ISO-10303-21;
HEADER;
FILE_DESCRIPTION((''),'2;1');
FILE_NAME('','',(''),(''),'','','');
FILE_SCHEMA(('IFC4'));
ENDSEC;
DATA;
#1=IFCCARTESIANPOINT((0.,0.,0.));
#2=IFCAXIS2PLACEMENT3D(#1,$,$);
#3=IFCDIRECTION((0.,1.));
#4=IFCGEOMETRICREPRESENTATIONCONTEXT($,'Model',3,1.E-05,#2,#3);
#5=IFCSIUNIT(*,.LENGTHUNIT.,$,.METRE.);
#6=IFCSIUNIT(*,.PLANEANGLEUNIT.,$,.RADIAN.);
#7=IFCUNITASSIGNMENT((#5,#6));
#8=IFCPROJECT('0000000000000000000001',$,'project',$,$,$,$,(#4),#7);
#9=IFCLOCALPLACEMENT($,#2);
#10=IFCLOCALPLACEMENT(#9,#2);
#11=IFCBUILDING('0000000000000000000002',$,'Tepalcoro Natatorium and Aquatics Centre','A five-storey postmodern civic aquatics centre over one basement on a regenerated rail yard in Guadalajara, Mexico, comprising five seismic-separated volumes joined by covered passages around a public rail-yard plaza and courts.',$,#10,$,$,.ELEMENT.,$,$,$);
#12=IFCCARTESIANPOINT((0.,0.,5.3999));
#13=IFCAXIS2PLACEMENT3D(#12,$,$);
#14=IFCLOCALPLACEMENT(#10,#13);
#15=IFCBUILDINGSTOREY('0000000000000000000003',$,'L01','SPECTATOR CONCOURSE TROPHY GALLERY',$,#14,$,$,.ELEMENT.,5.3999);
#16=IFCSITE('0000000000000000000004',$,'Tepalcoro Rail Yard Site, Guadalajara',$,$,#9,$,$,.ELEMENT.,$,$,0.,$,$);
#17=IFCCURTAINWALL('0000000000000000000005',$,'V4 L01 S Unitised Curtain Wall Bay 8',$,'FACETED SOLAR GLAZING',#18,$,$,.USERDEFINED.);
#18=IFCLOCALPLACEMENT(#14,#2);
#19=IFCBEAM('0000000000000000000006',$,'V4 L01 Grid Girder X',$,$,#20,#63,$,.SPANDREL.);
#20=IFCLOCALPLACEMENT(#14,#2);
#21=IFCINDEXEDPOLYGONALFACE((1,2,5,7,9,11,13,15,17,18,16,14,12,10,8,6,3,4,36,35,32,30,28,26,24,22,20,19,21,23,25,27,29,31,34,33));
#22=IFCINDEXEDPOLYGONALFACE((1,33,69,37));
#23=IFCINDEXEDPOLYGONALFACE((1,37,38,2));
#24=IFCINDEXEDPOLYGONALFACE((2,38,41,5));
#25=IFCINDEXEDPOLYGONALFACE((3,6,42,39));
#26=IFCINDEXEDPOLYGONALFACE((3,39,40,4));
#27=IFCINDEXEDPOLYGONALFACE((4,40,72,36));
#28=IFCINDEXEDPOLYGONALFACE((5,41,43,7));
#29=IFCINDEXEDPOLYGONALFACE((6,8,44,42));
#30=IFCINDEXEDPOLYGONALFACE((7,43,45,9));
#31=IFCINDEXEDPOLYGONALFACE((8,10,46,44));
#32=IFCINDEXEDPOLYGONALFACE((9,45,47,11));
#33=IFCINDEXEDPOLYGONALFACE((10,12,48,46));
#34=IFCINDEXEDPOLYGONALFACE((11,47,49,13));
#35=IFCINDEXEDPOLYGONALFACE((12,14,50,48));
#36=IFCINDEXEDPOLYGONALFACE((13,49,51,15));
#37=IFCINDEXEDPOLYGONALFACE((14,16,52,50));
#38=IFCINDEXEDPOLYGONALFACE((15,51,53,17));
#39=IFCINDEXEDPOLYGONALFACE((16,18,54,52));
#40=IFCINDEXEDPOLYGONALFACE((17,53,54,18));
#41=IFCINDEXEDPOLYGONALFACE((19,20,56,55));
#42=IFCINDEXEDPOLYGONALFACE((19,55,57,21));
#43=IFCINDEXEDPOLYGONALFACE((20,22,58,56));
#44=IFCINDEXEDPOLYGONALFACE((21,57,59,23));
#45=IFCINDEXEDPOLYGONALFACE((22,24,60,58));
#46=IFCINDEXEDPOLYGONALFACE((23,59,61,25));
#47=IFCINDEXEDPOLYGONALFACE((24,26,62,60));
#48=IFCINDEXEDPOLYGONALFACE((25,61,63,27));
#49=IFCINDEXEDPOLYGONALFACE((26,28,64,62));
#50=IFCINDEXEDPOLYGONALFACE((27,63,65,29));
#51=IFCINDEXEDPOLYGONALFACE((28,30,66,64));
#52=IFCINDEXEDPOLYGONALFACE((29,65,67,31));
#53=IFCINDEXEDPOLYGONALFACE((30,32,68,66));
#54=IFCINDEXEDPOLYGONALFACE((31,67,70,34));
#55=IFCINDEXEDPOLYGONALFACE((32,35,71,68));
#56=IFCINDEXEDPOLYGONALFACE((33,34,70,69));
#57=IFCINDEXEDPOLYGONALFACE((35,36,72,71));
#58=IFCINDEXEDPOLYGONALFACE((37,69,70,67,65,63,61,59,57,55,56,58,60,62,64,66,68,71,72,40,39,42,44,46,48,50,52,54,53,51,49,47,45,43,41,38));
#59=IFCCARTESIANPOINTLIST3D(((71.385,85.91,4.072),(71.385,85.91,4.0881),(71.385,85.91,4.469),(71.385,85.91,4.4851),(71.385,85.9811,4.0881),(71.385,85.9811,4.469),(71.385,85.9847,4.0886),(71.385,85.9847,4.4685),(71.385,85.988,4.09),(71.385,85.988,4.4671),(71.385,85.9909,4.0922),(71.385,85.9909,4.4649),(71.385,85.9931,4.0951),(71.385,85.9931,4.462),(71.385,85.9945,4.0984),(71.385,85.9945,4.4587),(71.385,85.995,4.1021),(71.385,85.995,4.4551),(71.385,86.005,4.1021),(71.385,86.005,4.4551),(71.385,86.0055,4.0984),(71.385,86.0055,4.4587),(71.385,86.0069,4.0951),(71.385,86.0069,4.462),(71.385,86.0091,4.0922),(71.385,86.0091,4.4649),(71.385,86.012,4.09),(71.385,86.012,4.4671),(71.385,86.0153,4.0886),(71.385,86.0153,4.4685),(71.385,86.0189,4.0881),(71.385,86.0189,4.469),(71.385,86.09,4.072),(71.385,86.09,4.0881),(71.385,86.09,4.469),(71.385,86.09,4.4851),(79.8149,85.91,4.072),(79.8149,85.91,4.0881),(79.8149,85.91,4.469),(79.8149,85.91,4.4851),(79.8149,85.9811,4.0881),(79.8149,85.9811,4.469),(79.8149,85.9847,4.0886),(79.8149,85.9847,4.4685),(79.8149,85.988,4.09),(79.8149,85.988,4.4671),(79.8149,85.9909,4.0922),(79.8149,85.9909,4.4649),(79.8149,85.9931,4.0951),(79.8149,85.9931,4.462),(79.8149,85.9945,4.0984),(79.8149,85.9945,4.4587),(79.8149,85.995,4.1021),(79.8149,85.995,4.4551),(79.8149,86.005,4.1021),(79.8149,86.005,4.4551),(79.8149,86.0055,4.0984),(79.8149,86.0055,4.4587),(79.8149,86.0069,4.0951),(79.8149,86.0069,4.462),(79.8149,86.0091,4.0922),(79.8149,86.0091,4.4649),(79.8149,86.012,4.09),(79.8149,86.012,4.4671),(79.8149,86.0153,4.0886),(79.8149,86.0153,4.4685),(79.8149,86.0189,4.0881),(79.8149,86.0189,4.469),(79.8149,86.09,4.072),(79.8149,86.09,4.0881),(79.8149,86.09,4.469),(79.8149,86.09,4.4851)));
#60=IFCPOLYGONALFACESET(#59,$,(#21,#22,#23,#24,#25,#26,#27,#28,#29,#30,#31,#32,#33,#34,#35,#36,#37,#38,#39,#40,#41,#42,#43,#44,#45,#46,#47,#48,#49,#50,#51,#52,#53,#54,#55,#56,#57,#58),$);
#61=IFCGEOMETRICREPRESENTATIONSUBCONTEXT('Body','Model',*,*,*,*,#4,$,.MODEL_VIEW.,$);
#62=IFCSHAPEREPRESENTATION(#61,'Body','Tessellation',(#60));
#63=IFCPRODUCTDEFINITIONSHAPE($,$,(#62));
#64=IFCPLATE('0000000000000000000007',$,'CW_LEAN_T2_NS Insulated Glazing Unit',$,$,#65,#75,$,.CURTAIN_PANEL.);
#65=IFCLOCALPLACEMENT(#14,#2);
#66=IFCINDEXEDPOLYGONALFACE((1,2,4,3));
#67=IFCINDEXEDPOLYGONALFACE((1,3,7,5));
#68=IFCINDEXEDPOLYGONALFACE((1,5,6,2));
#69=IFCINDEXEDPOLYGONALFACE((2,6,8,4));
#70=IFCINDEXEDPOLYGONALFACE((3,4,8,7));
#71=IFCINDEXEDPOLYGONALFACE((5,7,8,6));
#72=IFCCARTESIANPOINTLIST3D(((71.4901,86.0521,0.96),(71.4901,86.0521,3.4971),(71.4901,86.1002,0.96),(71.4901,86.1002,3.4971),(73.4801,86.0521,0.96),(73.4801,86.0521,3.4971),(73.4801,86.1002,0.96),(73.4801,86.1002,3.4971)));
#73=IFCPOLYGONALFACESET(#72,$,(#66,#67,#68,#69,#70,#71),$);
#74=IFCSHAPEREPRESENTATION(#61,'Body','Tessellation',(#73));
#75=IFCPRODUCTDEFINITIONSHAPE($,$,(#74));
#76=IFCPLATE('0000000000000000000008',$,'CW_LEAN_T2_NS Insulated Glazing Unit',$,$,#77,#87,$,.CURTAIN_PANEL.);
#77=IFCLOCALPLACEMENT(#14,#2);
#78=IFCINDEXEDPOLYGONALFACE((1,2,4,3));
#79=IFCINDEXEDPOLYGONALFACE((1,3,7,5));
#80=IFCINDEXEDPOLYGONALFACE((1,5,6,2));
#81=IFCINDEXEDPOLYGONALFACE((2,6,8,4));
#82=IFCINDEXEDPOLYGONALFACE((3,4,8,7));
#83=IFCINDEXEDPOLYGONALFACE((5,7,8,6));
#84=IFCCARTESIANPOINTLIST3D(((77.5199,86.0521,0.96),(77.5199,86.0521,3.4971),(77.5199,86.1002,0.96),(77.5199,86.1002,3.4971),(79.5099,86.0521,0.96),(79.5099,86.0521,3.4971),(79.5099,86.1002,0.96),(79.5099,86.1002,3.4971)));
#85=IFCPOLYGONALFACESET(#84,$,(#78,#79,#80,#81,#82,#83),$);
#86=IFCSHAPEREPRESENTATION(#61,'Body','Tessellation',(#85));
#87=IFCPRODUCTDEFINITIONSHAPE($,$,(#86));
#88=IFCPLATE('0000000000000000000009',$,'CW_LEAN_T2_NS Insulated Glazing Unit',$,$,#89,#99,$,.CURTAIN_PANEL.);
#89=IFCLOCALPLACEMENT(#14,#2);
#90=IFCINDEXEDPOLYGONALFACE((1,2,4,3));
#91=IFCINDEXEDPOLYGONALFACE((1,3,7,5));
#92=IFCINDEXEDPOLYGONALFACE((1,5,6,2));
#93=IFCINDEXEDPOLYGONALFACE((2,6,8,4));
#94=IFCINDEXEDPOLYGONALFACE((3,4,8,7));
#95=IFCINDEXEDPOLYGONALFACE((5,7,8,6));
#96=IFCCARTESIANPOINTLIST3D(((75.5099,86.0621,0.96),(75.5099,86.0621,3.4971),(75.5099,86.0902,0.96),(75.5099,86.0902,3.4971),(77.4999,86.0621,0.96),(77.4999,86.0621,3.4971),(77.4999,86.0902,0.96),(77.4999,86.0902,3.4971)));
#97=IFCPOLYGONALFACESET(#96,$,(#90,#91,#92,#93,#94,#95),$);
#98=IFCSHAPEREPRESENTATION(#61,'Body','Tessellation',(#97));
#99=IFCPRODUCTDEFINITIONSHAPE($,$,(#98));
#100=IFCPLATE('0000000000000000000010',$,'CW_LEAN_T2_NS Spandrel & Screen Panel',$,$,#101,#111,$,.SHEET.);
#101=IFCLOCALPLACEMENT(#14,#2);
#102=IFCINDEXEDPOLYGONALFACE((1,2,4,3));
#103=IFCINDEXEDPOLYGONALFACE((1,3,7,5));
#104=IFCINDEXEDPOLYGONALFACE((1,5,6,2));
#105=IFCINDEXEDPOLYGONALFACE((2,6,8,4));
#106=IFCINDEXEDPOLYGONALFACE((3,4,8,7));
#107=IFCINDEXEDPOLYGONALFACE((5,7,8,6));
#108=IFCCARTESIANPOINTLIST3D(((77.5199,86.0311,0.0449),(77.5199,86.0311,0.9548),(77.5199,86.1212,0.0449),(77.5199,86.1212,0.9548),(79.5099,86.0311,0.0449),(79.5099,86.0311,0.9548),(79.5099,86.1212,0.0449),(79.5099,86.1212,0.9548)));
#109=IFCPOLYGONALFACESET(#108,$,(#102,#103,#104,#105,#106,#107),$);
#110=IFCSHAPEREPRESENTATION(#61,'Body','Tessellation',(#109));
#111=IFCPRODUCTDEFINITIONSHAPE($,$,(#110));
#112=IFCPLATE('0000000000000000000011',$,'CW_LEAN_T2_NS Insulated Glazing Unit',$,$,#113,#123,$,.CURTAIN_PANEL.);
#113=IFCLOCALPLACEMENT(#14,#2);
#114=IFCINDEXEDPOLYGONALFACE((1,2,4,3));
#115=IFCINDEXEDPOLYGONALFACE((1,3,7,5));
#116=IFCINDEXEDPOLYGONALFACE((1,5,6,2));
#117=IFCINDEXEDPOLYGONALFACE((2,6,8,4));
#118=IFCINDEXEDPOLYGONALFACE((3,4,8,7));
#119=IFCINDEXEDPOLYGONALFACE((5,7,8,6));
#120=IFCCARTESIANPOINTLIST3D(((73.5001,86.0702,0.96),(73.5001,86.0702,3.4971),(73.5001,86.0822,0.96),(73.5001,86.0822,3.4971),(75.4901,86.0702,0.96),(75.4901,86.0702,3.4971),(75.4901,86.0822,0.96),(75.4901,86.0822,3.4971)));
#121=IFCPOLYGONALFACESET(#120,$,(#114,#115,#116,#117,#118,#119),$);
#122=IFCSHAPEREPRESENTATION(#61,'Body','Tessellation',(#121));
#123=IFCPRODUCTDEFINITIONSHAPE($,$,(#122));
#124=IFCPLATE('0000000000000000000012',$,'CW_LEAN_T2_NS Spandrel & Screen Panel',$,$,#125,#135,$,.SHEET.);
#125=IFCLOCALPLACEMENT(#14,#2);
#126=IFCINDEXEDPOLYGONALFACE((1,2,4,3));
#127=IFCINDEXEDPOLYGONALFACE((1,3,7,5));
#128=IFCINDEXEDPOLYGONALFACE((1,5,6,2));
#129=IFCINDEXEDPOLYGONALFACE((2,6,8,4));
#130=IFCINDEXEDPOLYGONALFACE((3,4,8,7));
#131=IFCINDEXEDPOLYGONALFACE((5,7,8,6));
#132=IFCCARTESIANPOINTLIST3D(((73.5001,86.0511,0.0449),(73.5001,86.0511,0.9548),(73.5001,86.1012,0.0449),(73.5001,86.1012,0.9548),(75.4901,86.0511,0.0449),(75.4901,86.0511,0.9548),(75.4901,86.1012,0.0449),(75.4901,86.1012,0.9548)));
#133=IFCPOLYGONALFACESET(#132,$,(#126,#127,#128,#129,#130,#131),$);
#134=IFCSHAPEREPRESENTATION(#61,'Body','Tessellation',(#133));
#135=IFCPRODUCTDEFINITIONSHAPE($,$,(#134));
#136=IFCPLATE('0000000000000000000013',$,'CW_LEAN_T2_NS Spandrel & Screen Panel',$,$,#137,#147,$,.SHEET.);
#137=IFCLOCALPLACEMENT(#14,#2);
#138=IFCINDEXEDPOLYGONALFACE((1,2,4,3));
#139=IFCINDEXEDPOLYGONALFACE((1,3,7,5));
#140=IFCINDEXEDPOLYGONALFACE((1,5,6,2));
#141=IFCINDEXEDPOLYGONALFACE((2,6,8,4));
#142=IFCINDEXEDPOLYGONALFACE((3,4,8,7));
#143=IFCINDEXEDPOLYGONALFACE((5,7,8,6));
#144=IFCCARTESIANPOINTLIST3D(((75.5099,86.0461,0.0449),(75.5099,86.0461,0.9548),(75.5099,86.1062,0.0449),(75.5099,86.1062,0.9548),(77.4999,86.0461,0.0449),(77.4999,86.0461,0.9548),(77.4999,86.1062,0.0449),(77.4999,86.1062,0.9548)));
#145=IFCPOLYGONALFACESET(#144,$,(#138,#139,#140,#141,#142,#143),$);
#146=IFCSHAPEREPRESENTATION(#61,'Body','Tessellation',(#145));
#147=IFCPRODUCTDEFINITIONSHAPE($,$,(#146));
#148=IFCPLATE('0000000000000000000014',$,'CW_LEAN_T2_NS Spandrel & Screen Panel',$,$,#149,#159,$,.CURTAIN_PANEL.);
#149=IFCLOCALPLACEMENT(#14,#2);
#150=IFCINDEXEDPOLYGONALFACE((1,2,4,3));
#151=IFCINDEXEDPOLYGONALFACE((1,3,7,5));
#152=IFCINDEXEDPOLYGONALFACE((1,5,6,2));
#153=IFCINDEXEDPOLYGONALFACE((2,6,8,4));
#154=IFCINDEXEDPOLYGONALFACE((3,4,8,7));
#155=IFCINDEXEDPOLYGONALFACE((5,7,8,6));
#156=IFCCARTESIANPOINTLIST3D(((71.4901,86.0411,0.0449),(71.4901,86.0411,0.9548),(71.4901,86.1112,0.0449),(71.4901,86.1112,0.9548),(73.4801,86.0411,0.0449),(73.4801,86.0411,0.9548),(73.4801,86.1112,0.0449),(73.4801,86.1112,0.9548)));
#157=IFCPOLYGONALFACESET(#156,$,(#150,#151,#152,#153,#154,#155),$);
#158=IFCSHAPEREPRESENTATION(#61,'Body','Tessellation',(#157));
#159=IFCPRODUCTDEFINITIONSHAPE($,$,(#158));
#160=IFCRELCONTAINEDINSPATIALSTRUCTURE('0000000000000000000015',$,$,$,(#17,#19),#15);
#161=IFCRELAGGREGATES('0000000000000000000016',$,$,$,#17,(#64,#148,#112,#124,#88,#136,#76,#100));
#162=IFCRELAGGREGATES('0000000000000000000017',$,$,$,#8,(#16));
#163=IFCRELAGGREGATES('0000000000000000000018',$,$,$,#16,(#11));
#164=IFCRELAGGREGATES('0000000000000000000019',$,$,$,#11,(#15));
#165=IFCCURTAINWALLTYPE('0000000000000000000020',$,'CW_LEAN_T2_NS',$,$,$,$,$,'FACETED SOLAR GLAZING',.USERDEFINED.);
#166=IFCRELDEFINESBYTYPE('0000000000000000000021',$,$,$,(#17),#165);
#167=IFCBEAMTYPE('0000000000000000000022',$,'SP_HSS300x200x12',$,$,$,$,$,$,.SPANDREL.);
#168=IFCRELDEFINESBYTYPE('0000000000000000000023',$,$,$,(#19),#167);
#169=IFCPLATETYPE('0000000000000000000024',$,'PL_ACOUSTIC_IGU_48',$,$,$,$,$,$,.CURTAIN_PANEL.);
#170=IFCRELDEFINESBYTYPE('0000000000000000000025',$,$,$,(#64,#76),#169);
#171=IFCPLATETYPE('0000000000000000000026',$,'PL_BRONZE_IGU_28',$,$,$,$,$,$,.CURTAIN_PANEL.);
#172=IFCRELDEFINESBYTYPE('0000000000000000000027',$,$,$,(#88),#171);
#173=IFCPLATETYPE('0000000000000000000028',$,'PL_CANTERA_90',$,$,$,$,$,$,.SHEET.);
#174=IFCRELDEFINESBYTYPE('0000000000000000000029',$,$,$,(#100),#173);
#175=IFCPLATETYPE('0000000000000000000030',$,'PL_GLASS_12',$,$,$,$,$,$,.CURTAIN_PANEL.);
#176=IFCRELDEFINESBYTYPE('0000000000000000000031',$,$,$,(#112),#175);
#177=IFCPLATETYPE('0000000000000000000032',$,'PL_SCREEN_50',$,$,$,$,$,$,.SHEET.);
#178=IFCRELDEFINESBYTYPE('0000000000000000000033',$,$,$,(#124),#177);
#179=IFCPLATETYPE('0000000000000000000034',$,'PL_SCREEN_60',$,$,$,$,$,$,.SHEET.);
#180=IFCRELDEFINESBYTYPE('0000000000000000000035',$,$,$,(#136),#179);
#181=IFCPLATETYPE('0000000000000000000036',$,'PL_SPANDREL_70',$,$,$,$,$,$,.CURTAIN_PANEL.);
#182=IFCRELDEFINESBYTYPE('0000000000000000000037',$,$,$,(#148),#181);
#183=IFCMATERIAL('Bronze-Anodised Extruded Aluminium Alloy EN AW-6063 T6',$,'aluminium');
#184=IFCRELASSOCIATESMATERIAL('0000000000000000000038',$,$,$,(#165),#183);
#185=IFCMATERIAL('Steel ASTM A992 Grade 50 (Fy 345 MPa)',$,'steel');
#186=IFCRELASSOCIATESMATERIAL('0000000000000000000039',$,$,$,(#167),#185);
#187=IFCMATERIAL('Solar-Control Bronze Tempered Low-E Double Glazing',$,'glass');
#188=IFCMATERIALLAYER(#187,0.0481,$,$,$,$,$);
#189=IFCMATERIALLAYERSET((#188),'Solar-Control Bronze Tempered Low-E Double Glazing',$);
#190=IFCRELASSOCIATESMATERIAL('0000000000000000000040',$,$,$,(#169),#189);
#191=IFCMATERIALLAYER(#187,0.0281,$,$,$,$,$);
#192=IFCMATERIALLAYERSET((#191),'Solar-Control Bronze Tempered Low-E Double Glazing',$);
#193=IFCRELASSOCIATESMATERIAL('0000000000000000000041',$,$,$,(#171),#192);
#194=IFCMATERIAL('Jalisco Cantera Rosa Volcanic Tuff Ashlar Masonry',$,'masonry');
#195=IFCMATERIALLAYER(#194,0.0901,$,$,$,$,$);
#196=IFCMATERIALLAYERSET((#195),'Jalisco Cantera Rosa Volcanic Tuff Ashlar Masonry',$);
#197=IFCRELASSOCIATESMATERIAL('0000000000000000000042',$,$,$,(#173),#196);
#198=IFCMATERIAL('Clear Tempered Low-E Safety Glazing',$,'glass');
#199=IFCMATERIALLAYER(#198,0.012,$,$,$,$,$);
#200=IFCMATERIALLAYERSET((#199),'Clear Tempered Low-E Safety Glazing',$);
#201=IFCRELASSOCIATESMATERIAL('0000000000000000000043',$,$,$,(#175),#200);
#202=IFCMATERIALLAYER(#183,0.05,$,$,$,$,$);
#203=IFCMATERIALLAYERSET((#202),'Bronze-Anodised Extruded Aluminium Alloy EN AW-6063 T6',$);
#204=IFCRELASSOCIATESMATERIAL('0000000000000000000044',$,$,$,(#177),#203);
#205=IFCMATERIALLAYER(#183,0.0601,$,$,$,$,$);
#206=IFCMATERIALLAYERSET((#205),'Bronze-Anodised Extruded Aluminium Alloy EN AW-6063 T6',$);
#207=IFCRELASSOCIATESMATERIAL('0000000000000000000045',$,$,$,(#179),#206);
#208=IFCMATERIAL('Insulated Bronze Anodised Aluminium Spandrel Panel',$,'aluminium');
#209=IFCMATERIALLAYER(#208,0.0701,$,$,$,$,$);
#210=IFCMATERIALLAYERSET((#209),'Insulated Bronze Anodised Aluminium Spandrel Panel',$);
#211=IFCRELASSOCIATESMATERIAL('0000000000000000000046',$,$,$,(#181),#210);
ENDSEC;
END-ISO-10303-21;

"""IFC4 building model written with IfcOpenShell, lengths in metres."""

from ifc_helpers import new_model, si_unit, direction, frame, origin, origin_2d, place, context, subcontext, project, spatial, rectangle, i_section, extrude, material, layer, layer_set, material_profile, profile_set, type_object, element, aggregate, save


model = new_model("IFC4")

# Units and contexts
model_context = context("Model", 3, precision=1e-05, world=origin(), true_north=direction((0.0, 1.0)))
body_context = subcontext(model_context, "Body", "Model", "MODEL_VIEW")
ifc_project = project(units=[si_unit("LENGTHUNIT", "METRE"), si_unit("PLANEANGLEUNIT", "RADIAN")], contexts=[model_context])

# Site, building, storey
site_placement = place(None, origin())
site = spatial("IfcSite", under=ifc_project, at=site_placement, Name="Tepalcoro Rail Yard Site, Guadalajara", CompositionType="ELEMENT", RefElevation=0.0)
building_placement = place(site_placement, origin())
building = spatial("IfcBuilding", under=site, at=building_placement, Name="Tepalcoro Natatorium and Aquatics Centre", Description="A five-storey postmodern civic aquatics centre over one basement on a regenerated rail yard in Guadalajara, Mexico, comprising five seismic-separated volumes joined by covered passages around a public rail-yard plaza and courts.", CompositionType="ELEMENT")
storey_placement = place(building_placement, frame((0.0, 0.0, 5.3999)))
storey = spatial("IfcBuildingStorey", under=building, at=storey_placement, Name="L01", Description="SPECTATOR CONCOURSE TROPHY GALLERY", CompositionType="ELEMENT", Elevation=5.3999)

# Shared definitions
ifc_material_1 = material(Name="Bronze-Anodised Extruded Aluminium Alloy EN AW-6063 T6", Category="aluminium")

# Curtain wall
curtain_wall_type_1 = type_object("IfcCurtainWallType", Name="CW_LEAN_T2_NS", ElementType="FACETED SOLAR GLAZING", PredefinedType="USERDEFINED", material=ifc_material_1)
curtain_wall_1_placement = place(storey_placement, origin())
curtain_wall_1 = element("IfcCurtainWall", 1, at=curtain_wall_1_placement, inside=storey, type_object=curtain_wall_type_1, Name="V4 L01 S Unitised Curtain Wall Bay 8", ObjectType="FACETED SOLAR GLAZING", PredefinedType="USERDEFINED")

# Beam
ifc_material_2 = material(Name="Steel ASTM A992 Grade 50 (Fy 345 MPa)", Category="steel")
ifc_material_profile_1 = material_profile(ifc_material_2, i_section(OverallWidth=0.1799, OverallDepth=0.4131, WebThickness=0.01, FlangeThickness=0.0161, FilletRadius=0.0139, at=origin_2d()), Name="W16X50")
ifc_profile_set_1 = profile_set([ifc_material_profile_1], Name="Steel ASTM A992 Grade 50 (Fy 345 MPa)")
beam_type_1 = type_object("IfcBeamType", Name="SP_HSS300x200x12", PredefinedType="SPANDREL", material=ifc_profile_set_1)
beam_1_placement = place(storey_placement, frame((71.385, 86.0, 4.2786), z_axis=(1.0, 0.0, 0.0), x_axis=(0.0, 1.0, 0.0)))
element("IfcBeam", 2, at=beam_1_placement, inside=storey, type_object=beam_type_1, Name="V4 L01 Grid Girder X", PredefinedType="SPANDREL", context=body_context, shape_type="SweptSolid", body=[
    extrude(i_section(OverallWidth=0.1799, OverallDepth=0.4131, WebThickness=0.01, FlangeThickness=0.0161, FilletRadius=0.0139, at=origin_2d()), origin(), (0.0, 0.0, 1.0), 8.4299),
])

# Plates
ifc_material_3 = material(Name="Solar-Control Bronze Tempered Low-E Double Glazing", Category="glass")
ifc_layer_1 = layer(ifc_material_3, 0.0481)
ifc_layer_set_1 = layer_set([ifc_layer_1], Name="Solar-Control Bronze Tempered Low-E Double Glazing")
plate_type_1 = type_object("IfcPlateType", Name="PL_ACOUSTIC_IGU_48", PredefinedType="CURTAIN_PANEL", material=ifc_layer_set_1)
plate_1_placement = place(storey_placement, frame((72.4851, 86.0762, 0.96), z_axis=(0.0, 0.0, 1.0), x_axis=(1.0, 0.0, 0.0)))
plate_1 = element("IfcPlate", 3, at=plate_1_placement, type_object=plate_type_1, Name="CW_LEAN_T2_NS Insulated Glazing Unit", PredefinedType="CURTAIN_PANEL", context=body_context, shape_type="SweptSolid", body=[
    extrude(rectangle(XDim=1.99, YDim=0.0481, at=origin_2d()), origin(), (0.0, 0.0, 1.0), 2.5371),
])
plate_2_placement = place(storey_placement, frame((78.5149, 86.0762, 0.96), z_axis=(0.0, 0.0, 1.0), x_axis=(1.0, 0.0, 0.0)))
plate_2 = element("IfcPlate", 4, at=plate_2_placement, type_object=plate_type_1, Name="CW_LEAN_T2_NS Insulated Glazing Unit", PredefinedType="CURTAIN_PANEL", context=body_context, shape_type="SweptSolid", body=[
    extrude(rectangle(XDim=1.99, YDim=0.0481, at=origin_2d()), origin(), (0.0, 0.0, 1.0), 2.5371),
])
ifc_layer_2 = layer(ifc_material_3, 0.0281)
ifc_layer_set_2 = layer_set([ifc_layer_2], Name="Solar-Control Bronze Tempered Low-E Double Glazing")
plate_type_2 = type_object("IfcPlateType", Name="PL_BRONZE_IGU_28", PredefinedType="CURTAIN_PANEL", material=ifc_layer_set_2)
plate_3_placement = place(storey_placement, frame((76.5049, 86.0762, 0.96), z_axis=(0.0, 0.0, 1.0), x_axis=(1.0, 0.0, 0.0)))
plate_3 = element("IfcPlate", 5, at=plate_3_placement, type_object=plate_type_2, Name="CW_LEAN_T2_NS Insulated Glazing Unit", PredefinedType="CURTAIN_PANEL", context=body_context, shape_type="SweptSolid", body=[
    extrude(rectangle(XDim=1.99, YDim=0.0281, at=origin_2d()), origin(), (0.0, 0.0, 1.0), 2.5371),
])
ifc_material_4 = material(Name="Jalisco Cantera Rosa Volcanic Tuff Ashlar Masonry", Category="masonry")
ifc_layer_3 = layer(ifc_material_4, 0.0901)
ifc_layer_set_3 = layer_set([ifc_layer_3], Name="Jalisco Cantera Rosa Volcanic Tuff Ashlar Masonry")
plate_type_3 = type_object("IfcPlateType", Name="PL_CANTERA_90", PredefinedType="SHEET", material=ifc_layer_set_3)
plate_4_placement = place(storey_placement, frame((78.5149, 86.0762, 0.0449), z_axis=(0.0, 0.0, 1.0), x_axis=(1.0, 0.0, 0.0)))
plate_4 = element("IfcPlate", 6, at=plate_4_placement, type_object=plate_type_3, Name="CW_LEAN_T2_NS Spandrel & Screen Panel", PredefinedType="SHEET", context=body_context, shape_type="SweptSolid", body=[
    extrude(rectangle(XDim=1.99, YDim=0.0901, at=origin_2d()), origin(), (0.0, 0.0, 1.0), 0.9099),
])
ifc_material_5 = material(Name="Clear Tempered Low-E Safety Glazing", Category="glass")
ifc_layer_4 = layer(ifc_material_5, 0.012)
ifc_layer_set_4 = layer_set([ifc_layer_4], Name="Clear Tempered Low-E Safety Glazing")
plate_type_4 = type_object("IfcPlateType", Name="PL_GLASS_12", PredefinedType="CURTAIN_PANEL", material=ifc_layer_set_4)
plate_5_placement = place(storey_placement, frame((74.4951, 86.0762, 0.96), z_axis=(0.0, 0.0, 1.0), x_axis=(1.0, 0.0, 0.0)))
plate_5 = element("IfcPlate", 7, at=plate_5_placement, type_object=plate_type_4, Name="CW_LEAN_T2_NS Insulated Glazing Unit", PredefinedType="CURTAIN_PANEL", context=body_context, shape_type="SweptSolid", body=[
    extrude(rectangle(XDim=1.99, YDim=0.012, at=origin_2d()), origin(), (0.0, 0.0, 1.0), 2.5371),
])
ifc_layer_5 = layer(ifc_material_1, 0.05)
ifc_layer_set_5 = layer_set([ifc_layer_5], Name="Bronze-Anodised Extruded Aluminium Alloy EN AW-6063 T6")
plate_type_5 = type_object("IfcPlateType", Name="PL_SCREEN_50", PredefinedType="SHEET", material=ifc_layer_set_5)
plate_6_placement = place(storey_placement, frame((74.4951, 86.0762, 0.0449), z_axis=(0.0, 0.0, 1.0), x_axis=(1.0, 0.0, 0.0)))
plate_6 = element("IfcPlate", 8, at=plate_6_placement, type_object=plate_type_5, Name="CW_LEAN_T2_NS Spandrel & Screen Panel", PredefinedType="SHEET", context=body_context, shape_type="SweptSolid", body=[
    extrude(rectangle(XDim=1.99, YDim=0.05, at=origin_2d()), origin(), (0.0, 0.0, 1.0), 0.9099),
])
ifc_layer_6 = layer(ifc_material_1, 0.0601)
ifc_layer_set_6 = layer_set([ifc_layer_6], Name="Bronze-Anodised Extruded Aluminium Alloy EN AW-6063 T6")
plate_type_6 = type_object("IfcPlateType", Name="PL_SCREEN_60", PredefinedType="SHEET", material=ifc_layer_set_6)
plate_7_placement = place(storey_placement, frame((76.5049, 86.0762, 0.0449), z_axis=(0.0, 0.0, 1.0), x_axis=(1.0, 0.0, 0.0)))
plate_7 = element("IfcPlate", 9, at=plate_7_placement, type_object=plate_type_6, Name="CW_LEAN_T2_NS Spandrel & Screen Panel", PredefinedType="SHEET", context=body_context, shape_type="SweptSolid", body=[
    extrude(rectangle(XDim=1.99, YDim=0.0601, at=origin_2d()), origin(), (0.0, 0.0, 1.0), 0.9099),
])
ifc_material_6 = material(Name="Insulated Bronze Anodised Aluminium Spandrel Panel", Category="aluminium")
ifc_layer_7 = layer(ifc_material_6, 0.0701)
ifc_layer_set_7 = layer_set([ifc_layer_7], Name="Insulated Bronze Anodised Aluminium Spandrel Panel")
plate_type_7 = type_object("IfcPlateType", Name="PL_SPANDREL_70", PredefinedType="CURTAIN_PANEL", material=ifc_layer_set_7)
plate_8_placement = place(storey_placement, frame((72.4851, 86.0762, 0.0449), z_axis=(0.0, 0.0, 1.0), x_axis=(1.0, 0.0, 0.0)))
plate_8 = element("IfcPlate", 10, at=plate_8_placement, type_object=plate_type_7, Name="CW_LEAN_T2_NS Spandrel & Screen Panel", PredefinedType="CURTAIN_PANEL", context=body_context, shape_type="SweptSolid", body=[
    extrude(rectangle(XDim=1.99, YDim=0.0701, at=origin_2d()), origin(), (0.0, 0.0, 1.0), 0.9099),
])
aggregate(curtain_wall_1, [plate_1, plate_8, plate_5, plate_6, plate_3, plate_7, plate_2, plate_4])

save(model, "model.ifc")
